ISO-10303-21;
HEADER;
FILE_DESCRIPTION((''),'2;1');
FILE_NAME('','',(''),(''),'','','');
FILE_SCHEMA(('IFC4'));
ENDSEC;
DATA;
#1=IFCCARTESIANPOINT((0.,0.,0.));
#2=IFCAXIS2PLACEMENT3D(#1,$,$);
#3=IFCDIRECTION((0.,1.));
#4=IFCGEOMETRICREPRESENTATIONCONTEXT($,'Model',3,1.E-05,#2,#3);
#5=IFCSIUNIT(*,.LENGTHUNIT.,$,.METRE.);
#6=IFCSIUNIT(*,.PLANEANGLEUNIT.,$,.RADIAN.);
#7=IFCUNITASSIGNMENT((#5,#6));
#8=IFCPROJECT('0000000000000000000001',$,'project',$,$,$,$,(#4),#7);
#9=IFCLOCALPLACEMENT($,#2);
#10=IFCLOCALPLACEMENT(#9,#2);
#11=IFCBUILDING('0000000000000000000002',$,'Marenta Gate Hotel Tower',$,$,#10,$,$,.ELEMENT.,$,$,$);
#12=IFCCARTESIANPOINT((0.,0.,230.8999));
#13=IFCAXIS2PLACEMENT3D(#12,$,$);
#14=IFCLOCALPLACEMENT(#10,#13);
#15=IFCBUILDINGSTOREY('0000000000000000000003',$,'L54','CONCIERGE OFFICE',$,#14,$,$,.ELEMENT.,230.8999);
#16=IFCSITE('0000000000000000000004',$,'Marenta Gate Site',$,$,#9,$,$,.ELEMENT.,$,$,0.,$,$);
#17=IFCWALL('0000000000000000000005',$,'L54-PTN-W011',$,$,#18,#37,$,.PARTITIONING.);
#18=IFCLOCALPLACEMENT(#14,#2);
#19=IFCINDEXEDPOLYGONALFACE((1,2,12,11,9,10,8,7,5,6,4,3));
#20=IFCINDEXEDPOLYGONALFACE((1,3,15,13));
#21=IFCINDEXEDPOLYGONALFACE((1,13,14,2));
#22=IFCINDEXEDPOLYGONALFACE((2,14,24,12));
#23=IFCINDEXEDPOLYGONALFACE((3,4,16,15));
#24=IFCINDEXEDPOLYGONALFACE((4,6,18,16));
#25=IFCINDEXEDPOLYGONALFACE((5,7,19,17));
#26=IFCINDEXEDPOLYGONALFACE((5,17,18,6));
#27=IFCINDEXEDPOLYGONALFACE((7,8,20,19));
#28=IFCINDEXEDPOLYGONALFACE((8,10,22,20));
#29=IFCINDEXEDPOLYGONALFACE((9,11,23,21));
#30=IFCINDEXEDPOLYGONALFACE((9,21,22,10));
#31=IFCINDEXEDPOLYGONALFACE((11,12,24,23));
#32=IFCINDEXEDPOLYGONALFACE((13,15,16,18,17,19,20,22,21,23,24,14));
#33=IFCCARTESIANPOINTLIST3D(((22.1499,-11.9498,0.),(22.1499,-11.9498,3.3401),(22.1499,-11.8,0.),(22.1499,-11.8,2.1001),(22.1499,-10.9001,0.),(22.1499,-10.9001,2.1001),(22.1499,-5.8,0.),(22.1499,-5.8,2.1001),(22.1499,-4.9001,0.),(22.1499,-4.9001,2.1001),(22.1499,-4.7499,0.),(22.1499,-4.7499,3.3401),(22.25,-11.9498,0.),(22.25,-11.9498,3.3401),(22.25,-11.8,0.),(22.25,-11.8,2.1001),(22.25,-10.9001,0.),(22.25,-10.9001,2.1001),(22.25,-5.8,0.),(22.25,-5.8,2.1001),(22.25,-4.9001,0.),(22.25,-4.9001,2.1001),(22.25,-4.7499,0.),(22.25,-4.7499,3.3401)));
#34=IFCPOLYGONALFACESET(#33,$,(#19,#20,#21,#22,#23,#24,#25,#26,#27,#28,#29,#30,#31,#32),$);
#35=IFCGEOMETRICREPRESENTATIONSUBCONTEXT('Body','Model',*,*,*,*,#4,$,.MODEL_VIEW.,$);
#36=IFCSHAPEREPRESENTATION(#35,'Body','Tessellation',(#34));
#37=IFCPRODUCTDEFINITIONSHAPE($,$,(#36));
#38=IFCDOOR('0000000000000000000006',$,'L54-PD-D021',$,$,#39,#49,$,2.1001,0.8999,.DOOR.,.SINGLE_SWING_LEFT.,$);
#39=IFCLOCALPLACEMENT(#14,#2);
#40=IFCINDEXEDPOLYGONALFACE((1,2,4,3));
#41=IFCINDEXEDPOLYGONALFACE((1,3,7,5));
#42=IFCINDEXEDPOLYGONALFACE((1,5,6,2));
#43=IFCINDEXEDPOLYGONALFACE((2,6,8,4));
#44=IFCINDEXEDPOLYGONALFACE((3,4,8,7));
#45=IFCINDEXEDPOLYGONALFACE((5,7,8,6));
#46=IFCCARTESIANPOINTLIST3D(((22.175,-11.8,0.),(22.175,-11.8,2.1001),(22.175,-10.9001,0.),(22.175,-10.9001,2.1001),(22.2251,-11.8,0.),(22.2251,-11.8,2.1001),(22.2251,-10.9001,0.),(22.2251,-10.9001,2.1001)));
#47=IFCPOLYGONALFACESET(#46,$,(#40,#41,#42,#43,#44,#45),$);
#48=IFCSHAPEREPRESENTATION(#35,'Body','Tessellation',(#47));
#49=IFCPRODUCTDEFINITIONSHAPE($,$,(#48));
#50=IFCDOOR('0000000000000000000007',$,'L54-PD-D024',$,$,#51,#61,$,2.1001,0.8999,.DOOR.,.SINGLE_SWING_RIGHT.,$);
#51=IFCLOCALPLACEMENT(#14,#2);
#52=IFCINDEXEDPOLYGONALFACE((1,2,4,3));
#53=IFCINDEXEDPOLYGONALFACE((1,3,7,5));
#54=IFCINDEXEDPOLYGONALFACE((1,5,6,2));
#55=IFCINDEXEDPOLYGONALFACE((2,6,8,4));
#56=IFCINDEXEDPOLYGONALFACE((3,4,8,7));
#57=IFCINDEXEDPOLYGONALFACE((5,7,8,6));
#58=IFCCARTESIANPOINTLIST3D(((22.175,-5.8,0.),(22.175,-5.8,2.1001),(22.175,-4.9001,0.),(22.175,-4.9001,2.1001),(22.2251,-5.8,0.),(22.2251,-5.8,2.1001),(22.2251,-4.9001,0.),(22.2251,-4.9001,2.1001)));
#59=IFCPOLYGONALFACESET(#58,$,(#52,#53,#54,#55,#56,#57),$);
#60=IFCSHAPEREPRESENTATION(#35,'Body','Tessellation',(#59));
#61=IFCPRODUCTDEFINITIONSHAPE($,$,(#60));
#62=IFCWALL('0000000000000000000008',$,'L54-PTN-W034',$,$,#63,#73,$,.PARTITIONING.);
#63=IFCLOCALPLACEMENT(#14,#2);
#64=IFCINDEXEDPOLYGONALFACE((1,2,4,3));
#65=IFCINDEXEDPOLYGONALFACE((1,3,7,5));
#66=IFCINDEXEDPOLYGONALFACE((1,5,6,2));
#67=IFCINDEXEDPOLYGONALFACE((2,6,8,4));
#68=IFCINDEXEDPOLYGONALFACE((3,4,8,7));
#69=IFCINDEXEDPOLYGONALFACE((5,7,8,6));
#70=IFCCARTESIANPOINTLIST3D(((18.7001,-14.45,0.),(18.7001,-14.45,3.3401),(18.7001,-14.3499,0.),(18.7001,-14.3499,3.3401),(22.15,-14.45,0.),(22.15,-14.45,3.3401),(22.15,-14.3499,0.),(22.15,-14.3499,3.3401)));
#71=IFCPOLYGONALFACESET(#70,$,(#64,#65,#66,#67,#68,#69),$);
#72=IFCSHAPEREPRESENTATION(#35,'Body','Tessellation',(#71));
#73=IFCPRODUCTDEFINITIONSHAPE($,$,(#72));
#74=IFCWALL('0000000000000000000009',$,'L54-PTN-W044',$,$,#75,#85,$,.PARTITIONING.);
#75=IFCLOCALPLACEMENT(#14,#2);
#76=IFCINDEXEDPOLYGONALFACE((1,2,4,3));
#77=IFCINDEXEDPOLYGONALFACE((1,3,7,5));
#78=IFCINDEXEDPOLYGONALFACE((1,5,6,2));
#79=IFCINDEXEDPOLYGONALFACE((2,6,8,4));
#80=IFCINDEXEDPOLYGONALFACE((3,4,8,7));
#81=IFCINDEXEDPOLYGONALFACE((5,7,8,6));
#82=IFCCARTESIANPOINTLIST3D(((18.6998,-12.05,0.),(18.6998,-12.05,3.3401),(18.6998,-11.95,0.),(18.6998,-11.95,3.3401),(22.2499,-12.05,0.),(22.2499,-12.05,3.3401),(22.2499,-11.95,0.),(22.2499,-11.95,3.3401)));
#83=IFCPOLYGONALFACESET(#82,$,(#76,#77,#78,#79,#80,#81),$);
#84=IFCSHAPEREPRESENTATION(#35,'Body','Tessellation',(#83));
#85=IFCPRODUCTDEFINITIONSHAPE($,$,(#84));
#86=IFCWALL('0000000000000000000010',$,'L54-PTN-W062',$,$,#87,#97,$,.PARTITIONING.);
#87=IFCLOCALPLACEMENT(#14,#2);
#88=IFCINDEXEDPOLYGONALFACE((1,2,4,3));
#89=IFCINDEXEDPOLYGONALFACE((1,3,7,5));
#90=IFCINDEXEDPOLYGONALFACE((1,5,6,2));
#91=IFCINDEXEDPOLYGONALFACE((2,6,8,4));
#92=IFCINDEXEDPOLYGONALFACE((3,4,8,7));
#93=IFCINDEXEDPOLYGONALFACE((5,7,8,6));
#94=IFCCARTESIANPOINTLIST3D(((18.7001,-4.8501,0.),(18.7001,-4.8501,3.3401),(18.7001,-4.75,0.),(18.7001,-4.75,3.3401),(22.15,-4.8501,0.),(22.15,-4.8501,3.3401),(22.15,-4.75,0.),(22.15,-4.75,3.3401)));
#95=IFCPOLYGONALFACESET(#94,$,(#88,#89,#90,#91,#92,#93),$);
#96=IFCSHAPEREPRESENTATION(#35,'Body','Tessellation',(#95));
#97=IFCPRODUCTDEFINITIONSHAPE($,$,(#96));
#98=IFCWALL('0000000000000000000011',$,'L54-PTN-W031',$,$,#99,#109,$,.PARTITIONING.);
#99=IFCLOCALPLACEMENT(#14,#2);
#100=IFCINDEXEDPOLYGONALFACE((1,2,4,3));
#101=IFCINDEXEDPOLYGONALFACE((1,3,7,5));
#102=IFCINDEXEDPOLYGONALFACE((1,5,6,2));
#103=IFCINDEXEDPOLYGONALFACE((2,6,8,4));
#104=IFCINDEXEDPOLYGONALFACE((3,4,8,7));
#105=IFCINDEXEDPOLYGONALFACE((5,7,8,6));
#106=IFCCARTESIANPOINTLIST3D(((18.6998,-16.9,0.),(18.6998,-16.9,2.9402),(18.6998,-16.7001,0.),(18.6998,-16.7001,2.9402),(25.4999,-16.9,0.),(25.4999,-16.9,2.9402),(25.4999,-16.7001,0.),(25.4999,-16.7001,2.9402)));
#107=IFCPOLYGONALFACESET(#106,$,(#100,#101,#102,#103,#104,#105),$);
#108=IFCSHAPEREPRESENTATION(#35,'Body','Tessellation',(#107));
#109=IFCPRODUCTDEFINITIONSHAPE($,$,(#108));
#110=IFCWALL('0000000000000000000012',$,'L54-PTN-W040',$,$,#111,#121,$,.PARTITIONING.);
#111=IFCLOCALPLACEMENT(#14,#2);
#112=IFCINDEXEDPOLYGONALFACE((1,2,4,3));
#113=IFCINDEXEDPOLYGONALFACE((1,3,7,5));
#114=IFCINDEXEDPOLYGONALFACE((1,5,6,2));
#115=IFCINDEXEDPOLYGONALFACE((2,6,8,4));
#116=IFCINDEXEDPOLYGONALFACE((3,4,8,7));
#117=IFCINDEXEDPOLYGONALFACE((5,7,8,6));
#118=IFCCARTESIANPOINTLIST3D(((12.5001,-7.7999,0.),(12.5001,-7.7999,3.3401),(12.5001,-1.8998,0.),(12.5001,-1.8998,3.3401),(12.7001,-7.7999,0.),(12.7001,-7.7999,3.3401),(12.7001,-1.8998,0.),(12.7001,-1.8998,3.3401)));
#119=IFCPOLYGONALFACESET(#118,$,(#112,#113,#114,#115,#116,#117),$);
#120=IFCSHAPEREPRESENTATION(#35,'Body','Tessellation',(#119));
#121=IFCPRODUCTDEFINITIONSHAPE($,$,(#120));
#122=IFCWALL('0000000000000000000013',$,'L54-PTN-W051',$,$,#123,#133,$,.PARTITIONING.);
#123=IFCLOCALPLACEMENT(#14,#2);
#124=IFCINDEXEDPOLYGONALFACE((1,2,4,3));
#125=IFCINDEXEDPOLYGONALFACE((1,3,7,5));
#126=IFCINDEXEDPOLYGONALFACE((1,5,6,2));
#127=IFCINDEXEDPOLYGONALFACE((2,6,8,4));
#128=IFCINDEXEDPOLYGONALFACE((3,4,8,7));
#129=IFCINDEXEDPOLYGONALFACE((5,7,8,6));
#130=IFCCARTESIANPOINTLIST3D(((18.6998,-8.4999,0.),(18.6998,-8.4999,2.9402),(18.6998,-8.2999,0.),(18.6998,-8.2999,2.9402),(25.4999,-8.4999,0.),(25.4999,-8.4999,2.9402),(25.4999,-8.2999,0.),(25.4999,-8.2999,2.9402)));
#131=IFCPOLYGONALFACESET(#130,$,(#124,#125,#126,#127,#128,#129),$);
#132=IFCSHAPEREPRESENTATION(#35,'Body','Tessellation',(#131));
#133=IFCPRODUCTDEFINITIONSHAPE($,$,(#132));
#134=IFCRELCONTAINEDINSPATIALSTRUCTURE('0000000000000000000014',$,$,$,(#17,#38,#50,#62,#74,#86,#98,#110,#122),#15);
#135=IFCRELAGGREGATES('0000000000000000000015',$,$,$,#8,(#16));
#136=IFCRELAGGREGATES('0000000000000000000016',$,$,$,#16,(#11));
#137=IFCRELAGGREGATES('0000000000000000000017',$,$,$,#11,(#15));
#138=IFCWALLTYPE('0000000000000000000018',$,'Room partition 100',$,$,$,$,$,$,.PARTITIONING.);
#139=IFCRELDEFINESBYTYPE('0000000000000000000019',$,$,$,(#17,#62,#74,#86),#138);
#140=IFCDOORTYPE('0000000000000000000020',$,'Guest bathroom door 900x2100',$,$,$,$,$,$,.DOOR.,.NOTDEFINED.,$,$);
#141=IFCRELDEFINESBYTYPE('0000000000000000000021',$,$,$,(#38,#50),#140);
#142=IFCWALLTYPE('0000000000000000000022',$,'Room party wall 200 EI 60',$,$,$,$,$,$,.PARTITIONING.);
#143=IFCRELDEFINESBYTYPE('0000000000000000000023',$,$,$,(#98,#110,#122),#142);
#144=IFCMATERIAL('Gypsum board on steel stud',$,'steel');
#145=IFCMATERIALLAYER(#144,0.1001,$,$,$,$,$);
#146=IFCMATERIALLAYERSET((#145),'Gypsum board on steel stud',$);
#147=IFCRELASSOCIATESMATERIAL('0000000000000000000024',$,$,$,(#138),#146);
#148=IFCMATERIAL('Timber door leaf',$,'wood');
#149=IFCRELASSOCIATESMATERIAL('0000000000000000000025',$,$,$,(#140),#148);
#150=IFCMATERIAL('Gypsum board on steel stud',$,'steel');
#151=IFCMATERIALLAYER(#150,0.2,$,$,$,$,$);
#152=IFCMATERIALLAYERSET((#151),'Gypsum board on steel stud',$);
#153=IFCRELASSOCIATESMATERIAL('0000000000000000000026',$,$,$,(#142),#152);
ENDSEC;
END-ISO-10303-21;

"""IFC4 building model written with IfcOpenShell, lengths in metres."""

from ifc_helpers import new_model, si_unit, direction, frame, frame_2d, origin, place, context, subcontext, project, spatial, rectangle, extrude, material, layer, layer_set, type_object, element, fill, save


model = new_model("IFC4")

# Units and contexts
model_context = context("Model", 3, precision=1e-05, world=origin(), true_north=direction((0.0, 1.0)))
body_context = subcontext(model_context, "Body", "Model", "MODEL_VIEW")
ifc_project = project(units=[si_unit("LENGTHUNIT", "METRE"), si_unit("PLANEANGLEUNIT", "RADIAN")], contexts=[model_context])

# Site, building, storey
site_placement = place(None, origin())
site = spatial("IfcSite", under=ifc_project, at=site_placement, Name="Marenta Gate Site", CompositionType="ELEMENT", RefElevation=0.0)
building_placement = place(site_placement, origin())
building = spatial("IfcBuilding", under=site, at=building_placement, Name="Marenta Gate Hotel Tower", CompositionType="ELEMENT")
storey_placement = place(building_placement, frame((0.0, 0.0, 230.8999)))
storey = spatial("IfcBuildingStorey", under=building, at=storey_placement, Name="L54", Description="CONCIERGE OFFICE", CompositionType="ELEMENT", Elevation=230.8999)

# Shared definitions
ifc_material_1 = material(Name="Gypsum board on steel stud", Category="steel")
ifc_layer_1 = layer(ifc_material_1, 0.1001)
ifc_layer_set_1 = layer_set([ifc_layer_1], Name="Gypsum board on steel stud")
wall_type_1 = type_object("IfcWallType", Name="Room partition 100", PredefinedType="PARTITIONING", material=ifc_layer_set_1)

# Wall, openings, doors
wall_1_placement = place(storey_placement, frame((22.2, -11.95, 0.0), z_axis=(0.0, 0.0, 1.0), x_axis=(0.0, 1.0, 0.0)))
wall_1 = element("IfcWall", 1, at=wall_1_placement, inside=storey, type_object=wall_type_1, Name="L54-PTN-W011", PredefinedType="PARTITIONING", context=body_context, shape_type="SweptSolid", body=[
    extrude(rectangle(XDim=7.2, YDim=0.1001, at=frame_2d((3.6001, 0.0))), origin(), (0.0, 0.0, 1.0), 3.3401),
])
opening_1_placement = place(wall_1_placement, frame((0.1499, 0.0, 0.0)))
opening_1 = element("IfcOpeningElement", 2, at=opening_1_placement, cuts=wall_1, PredefinedType="OPENING", context=body_context, shape_type="SweptSolid", body=[
    extrude(rectangle(XDim=0.8999, YDim=2.1001, at=frame_2d((0.45, 1.05))), frame((0.0, 0.05, 0.0), z_axis=(0.0, -1.0, 0.0), x_axis=(1.0, 0.0, 0.0)), (0.0, 0.0, 1.0), 0.1001),
])
opening_2_placement = place(wall_1_placement, frame((6.1499, 0.0, 0.0)))
opening_2 = element("IfcOpeningElement", 3, at=opening_2_placement, cuts=wall_1, PredefinedType="OPENING", context=body_context, shape_type="SweptSolid", body=[
    extrude(rectangle(XDim=0.8999, YDim=2.1001, at=frame_2d((0.45, 1.05))), frame((0.0, 0.05, 0.0), z_axis=(0.0, -1.0, 0.0), x_axis=(1.0, 0.0, 0.0)), (0.0, 0.0, 1.0), 0.1001),
])
ifc_material_2 = material(Name="Timber door leaf", Category="wood")
door_type_1 = type_object("IfcDoorType", Name="Guest bathroom door 900x2100", OperationType="NOTDEFINED", PredefinedType="DOOR", material=ifc_material_2)
door_1_placement = place(opening_1_placement, origin())
door_1 = element("IfcDoor", 4, at=door_1_placement, inside=storey, type_object=door_type_1, Name="L54-PD-D021", OperationType="SINGLE_SWING_LEFT", OverallHeight=2.1001, OverallWidth=0.8999, PredefinedType="DOOR", context=body_context, shape_type="SweptSolid", body=[
    extrude(rectangle(XDim=0.8999, YDim=2.1001, at=frame_2d((0.45, 1.05))), frame((0.0, 0.0249, 0.0), z_axis=(0.0, -1.0, 0.0), x_axis=(1.0, 0.0, 0.0)), (0.0, 0.0, 1.0), 0.05),
])
fill(opening_1, door_1)
door_2_placement = place(opening_2_placement, origin())
door_2 = element("IfcDoor", 5, at=door_2_placement, inside=storey, type_object=door_type_1, Name="L54-PD-D024", OperationType="SINGLE_SWING_RIGHT", OverallHeight=2.1001, OverallWidth=0.8999, PredefinedType="DOOR", context=body_context, shape_type="SweptSolid", body=[
    extrude(rectangle(XDim=0.8999, YDim=2.1001, at=frame_2d((0.45, 1.05))), frame((0.0, 0.0249, 0.0), z_axis=(0.0, -1.0, 0.0), x_axis=(1.0, 0.0, 0.0)), (0.0, 0.0, 1.0), 0.05),
])
fill(opening_2, door_2)

# Walls
wall_2_placement = place(storey_placement, frame((18.7, -14.3999, 0.0), z_axis=(0.0, 0.0, 1.0), x_axis=(1.0, 0.0, 0.0)))
element("IfcWall", 6, at=wall_2_placement, inside=storey, type_object=wall_type_1, Name="L54-PTN-W034", PredefinedType="PARTITIONING", context=body_context, shape_type="SweptSolid", body=[
    extrude(rectangle(XDim=3.45, YDim=0.1001, at=frame_2d((1.7251, 0.0))), origin(), (0.0, 0.0, 1.0), 3.3401),
])
wall_3_placement = place(storey_placement, frame((18.7, -12.0, 0.0), z_axis=(0.0, 0.0, 1.0), x_axis=(1.0, 0.0, 0.0)))
element("IfcWall", 7, at=wall_3_placement, inside=storey, type_object=wall_type_1, Name="L54-PTN-W044", PredefinedType="PARTITIONING", context=body_context, shape_type="SweptSolid", body=[
    extrude(rectangle(XDim=3.55, YDim=0.1001, at=frame_2d((1.7749, 0.0))), origin(), (0.0, 0.0, 1.0), 3.3401),
])
wall_4_placement = place(storey_placement, frame((18.7, -4.8, 0.0), z_axis=(0.0, 0.0, 1.0), x_axis=(1.0, 0.0, 0.0)))
element("IfcWall", 8, at=wall_4_placement, inside=storey, type_object=wall_type_1, Name="L54-PTN-W062", PredefinedType="PARTITIONING", context=body_context, shape_type="SweptSolid", body=[
    extrude(rectangle(XDim=3.45, YDim=0.1001, at=frame_2d((1.7251, 0.0))), origin(), (0.0, 0.0, 1.0), 3.3401),
])
ifc_material_3 = material(Name="Gypsum board on steel stud", Category="steel")
ifc_layer_2 = layer(ifc_material_3, 0.2)
ifc_layer_set_2 = layer_set([ifc_layer_2], Name="Gypsum board on steel stud")
wall_type_2 = type_object("IfcWallType", Name="Room party wall 200 EI 60", PredefinedType="PARTITIONING", material=ifc_layer_set_2)
wall_5_placement = place(storey_placement, frame((18.7, -16.8, 0.0), z_axis=(0.0, 0.0, 1.0), x_axis=(1.0, 0.0, 0.0)))
element("IfcWall", 9, at=wall_5_placement, inside=storey, type_object=wall_type_2, Name="L54-PTN-W031", PredefinedType="PARTITIONING", context=body_context, shape_type="SweptSolid", body=[
    extrude(rectangle(XDim=6.8, YDim=0.2, at=frame_2d((3.3999, 0.0))), origin(), (0.0, 0.0, 1.0), 2.9402),
])
wall_6_placement = place(storey_placement, frame((12.6001, -7.8, 0.0), z_axis=(0.0, 0.0, 1.0), x_axis=(0.0, 1.0, 0.0)))
element("IfcWall", 10, at=wall_6_placement, inside=storey, type_object=wall_type_2, Name="L54-PTN-W040", PredefinedType="PARTITIONING", context=body_context, shape_type="SweptSolid", body=[
    extrude(rectangle(XDim=5.9001, YDim=0.2, at=frame_2d((2.9502, 0.0))), origin(), (0.0, 0.0, 1.0), 3.3401),
])
wall_7_placement = place(storey_placement, frame((18.7, -8.3999, 0.0), z_axis=(0.0, 0.0, 1.0), x_axis=(1.0, 0.0, 0.0)))
element("IfcWall", 11, at=wall_7_placement, inside=storey, type_object=wall_type_2, Name="L54-PTN-W051", PredefinedType="PARTITIONING", context=body_context, shape_type="SweptSolid", body=[
    extrude(rectangle(XDim=6.8, YDim=0.2, at=frame_2d((3.3999, 0.0))), origin(), (0.0, 0.0, 1.0), 2.9402),
])

save(model, "model.ifc")
